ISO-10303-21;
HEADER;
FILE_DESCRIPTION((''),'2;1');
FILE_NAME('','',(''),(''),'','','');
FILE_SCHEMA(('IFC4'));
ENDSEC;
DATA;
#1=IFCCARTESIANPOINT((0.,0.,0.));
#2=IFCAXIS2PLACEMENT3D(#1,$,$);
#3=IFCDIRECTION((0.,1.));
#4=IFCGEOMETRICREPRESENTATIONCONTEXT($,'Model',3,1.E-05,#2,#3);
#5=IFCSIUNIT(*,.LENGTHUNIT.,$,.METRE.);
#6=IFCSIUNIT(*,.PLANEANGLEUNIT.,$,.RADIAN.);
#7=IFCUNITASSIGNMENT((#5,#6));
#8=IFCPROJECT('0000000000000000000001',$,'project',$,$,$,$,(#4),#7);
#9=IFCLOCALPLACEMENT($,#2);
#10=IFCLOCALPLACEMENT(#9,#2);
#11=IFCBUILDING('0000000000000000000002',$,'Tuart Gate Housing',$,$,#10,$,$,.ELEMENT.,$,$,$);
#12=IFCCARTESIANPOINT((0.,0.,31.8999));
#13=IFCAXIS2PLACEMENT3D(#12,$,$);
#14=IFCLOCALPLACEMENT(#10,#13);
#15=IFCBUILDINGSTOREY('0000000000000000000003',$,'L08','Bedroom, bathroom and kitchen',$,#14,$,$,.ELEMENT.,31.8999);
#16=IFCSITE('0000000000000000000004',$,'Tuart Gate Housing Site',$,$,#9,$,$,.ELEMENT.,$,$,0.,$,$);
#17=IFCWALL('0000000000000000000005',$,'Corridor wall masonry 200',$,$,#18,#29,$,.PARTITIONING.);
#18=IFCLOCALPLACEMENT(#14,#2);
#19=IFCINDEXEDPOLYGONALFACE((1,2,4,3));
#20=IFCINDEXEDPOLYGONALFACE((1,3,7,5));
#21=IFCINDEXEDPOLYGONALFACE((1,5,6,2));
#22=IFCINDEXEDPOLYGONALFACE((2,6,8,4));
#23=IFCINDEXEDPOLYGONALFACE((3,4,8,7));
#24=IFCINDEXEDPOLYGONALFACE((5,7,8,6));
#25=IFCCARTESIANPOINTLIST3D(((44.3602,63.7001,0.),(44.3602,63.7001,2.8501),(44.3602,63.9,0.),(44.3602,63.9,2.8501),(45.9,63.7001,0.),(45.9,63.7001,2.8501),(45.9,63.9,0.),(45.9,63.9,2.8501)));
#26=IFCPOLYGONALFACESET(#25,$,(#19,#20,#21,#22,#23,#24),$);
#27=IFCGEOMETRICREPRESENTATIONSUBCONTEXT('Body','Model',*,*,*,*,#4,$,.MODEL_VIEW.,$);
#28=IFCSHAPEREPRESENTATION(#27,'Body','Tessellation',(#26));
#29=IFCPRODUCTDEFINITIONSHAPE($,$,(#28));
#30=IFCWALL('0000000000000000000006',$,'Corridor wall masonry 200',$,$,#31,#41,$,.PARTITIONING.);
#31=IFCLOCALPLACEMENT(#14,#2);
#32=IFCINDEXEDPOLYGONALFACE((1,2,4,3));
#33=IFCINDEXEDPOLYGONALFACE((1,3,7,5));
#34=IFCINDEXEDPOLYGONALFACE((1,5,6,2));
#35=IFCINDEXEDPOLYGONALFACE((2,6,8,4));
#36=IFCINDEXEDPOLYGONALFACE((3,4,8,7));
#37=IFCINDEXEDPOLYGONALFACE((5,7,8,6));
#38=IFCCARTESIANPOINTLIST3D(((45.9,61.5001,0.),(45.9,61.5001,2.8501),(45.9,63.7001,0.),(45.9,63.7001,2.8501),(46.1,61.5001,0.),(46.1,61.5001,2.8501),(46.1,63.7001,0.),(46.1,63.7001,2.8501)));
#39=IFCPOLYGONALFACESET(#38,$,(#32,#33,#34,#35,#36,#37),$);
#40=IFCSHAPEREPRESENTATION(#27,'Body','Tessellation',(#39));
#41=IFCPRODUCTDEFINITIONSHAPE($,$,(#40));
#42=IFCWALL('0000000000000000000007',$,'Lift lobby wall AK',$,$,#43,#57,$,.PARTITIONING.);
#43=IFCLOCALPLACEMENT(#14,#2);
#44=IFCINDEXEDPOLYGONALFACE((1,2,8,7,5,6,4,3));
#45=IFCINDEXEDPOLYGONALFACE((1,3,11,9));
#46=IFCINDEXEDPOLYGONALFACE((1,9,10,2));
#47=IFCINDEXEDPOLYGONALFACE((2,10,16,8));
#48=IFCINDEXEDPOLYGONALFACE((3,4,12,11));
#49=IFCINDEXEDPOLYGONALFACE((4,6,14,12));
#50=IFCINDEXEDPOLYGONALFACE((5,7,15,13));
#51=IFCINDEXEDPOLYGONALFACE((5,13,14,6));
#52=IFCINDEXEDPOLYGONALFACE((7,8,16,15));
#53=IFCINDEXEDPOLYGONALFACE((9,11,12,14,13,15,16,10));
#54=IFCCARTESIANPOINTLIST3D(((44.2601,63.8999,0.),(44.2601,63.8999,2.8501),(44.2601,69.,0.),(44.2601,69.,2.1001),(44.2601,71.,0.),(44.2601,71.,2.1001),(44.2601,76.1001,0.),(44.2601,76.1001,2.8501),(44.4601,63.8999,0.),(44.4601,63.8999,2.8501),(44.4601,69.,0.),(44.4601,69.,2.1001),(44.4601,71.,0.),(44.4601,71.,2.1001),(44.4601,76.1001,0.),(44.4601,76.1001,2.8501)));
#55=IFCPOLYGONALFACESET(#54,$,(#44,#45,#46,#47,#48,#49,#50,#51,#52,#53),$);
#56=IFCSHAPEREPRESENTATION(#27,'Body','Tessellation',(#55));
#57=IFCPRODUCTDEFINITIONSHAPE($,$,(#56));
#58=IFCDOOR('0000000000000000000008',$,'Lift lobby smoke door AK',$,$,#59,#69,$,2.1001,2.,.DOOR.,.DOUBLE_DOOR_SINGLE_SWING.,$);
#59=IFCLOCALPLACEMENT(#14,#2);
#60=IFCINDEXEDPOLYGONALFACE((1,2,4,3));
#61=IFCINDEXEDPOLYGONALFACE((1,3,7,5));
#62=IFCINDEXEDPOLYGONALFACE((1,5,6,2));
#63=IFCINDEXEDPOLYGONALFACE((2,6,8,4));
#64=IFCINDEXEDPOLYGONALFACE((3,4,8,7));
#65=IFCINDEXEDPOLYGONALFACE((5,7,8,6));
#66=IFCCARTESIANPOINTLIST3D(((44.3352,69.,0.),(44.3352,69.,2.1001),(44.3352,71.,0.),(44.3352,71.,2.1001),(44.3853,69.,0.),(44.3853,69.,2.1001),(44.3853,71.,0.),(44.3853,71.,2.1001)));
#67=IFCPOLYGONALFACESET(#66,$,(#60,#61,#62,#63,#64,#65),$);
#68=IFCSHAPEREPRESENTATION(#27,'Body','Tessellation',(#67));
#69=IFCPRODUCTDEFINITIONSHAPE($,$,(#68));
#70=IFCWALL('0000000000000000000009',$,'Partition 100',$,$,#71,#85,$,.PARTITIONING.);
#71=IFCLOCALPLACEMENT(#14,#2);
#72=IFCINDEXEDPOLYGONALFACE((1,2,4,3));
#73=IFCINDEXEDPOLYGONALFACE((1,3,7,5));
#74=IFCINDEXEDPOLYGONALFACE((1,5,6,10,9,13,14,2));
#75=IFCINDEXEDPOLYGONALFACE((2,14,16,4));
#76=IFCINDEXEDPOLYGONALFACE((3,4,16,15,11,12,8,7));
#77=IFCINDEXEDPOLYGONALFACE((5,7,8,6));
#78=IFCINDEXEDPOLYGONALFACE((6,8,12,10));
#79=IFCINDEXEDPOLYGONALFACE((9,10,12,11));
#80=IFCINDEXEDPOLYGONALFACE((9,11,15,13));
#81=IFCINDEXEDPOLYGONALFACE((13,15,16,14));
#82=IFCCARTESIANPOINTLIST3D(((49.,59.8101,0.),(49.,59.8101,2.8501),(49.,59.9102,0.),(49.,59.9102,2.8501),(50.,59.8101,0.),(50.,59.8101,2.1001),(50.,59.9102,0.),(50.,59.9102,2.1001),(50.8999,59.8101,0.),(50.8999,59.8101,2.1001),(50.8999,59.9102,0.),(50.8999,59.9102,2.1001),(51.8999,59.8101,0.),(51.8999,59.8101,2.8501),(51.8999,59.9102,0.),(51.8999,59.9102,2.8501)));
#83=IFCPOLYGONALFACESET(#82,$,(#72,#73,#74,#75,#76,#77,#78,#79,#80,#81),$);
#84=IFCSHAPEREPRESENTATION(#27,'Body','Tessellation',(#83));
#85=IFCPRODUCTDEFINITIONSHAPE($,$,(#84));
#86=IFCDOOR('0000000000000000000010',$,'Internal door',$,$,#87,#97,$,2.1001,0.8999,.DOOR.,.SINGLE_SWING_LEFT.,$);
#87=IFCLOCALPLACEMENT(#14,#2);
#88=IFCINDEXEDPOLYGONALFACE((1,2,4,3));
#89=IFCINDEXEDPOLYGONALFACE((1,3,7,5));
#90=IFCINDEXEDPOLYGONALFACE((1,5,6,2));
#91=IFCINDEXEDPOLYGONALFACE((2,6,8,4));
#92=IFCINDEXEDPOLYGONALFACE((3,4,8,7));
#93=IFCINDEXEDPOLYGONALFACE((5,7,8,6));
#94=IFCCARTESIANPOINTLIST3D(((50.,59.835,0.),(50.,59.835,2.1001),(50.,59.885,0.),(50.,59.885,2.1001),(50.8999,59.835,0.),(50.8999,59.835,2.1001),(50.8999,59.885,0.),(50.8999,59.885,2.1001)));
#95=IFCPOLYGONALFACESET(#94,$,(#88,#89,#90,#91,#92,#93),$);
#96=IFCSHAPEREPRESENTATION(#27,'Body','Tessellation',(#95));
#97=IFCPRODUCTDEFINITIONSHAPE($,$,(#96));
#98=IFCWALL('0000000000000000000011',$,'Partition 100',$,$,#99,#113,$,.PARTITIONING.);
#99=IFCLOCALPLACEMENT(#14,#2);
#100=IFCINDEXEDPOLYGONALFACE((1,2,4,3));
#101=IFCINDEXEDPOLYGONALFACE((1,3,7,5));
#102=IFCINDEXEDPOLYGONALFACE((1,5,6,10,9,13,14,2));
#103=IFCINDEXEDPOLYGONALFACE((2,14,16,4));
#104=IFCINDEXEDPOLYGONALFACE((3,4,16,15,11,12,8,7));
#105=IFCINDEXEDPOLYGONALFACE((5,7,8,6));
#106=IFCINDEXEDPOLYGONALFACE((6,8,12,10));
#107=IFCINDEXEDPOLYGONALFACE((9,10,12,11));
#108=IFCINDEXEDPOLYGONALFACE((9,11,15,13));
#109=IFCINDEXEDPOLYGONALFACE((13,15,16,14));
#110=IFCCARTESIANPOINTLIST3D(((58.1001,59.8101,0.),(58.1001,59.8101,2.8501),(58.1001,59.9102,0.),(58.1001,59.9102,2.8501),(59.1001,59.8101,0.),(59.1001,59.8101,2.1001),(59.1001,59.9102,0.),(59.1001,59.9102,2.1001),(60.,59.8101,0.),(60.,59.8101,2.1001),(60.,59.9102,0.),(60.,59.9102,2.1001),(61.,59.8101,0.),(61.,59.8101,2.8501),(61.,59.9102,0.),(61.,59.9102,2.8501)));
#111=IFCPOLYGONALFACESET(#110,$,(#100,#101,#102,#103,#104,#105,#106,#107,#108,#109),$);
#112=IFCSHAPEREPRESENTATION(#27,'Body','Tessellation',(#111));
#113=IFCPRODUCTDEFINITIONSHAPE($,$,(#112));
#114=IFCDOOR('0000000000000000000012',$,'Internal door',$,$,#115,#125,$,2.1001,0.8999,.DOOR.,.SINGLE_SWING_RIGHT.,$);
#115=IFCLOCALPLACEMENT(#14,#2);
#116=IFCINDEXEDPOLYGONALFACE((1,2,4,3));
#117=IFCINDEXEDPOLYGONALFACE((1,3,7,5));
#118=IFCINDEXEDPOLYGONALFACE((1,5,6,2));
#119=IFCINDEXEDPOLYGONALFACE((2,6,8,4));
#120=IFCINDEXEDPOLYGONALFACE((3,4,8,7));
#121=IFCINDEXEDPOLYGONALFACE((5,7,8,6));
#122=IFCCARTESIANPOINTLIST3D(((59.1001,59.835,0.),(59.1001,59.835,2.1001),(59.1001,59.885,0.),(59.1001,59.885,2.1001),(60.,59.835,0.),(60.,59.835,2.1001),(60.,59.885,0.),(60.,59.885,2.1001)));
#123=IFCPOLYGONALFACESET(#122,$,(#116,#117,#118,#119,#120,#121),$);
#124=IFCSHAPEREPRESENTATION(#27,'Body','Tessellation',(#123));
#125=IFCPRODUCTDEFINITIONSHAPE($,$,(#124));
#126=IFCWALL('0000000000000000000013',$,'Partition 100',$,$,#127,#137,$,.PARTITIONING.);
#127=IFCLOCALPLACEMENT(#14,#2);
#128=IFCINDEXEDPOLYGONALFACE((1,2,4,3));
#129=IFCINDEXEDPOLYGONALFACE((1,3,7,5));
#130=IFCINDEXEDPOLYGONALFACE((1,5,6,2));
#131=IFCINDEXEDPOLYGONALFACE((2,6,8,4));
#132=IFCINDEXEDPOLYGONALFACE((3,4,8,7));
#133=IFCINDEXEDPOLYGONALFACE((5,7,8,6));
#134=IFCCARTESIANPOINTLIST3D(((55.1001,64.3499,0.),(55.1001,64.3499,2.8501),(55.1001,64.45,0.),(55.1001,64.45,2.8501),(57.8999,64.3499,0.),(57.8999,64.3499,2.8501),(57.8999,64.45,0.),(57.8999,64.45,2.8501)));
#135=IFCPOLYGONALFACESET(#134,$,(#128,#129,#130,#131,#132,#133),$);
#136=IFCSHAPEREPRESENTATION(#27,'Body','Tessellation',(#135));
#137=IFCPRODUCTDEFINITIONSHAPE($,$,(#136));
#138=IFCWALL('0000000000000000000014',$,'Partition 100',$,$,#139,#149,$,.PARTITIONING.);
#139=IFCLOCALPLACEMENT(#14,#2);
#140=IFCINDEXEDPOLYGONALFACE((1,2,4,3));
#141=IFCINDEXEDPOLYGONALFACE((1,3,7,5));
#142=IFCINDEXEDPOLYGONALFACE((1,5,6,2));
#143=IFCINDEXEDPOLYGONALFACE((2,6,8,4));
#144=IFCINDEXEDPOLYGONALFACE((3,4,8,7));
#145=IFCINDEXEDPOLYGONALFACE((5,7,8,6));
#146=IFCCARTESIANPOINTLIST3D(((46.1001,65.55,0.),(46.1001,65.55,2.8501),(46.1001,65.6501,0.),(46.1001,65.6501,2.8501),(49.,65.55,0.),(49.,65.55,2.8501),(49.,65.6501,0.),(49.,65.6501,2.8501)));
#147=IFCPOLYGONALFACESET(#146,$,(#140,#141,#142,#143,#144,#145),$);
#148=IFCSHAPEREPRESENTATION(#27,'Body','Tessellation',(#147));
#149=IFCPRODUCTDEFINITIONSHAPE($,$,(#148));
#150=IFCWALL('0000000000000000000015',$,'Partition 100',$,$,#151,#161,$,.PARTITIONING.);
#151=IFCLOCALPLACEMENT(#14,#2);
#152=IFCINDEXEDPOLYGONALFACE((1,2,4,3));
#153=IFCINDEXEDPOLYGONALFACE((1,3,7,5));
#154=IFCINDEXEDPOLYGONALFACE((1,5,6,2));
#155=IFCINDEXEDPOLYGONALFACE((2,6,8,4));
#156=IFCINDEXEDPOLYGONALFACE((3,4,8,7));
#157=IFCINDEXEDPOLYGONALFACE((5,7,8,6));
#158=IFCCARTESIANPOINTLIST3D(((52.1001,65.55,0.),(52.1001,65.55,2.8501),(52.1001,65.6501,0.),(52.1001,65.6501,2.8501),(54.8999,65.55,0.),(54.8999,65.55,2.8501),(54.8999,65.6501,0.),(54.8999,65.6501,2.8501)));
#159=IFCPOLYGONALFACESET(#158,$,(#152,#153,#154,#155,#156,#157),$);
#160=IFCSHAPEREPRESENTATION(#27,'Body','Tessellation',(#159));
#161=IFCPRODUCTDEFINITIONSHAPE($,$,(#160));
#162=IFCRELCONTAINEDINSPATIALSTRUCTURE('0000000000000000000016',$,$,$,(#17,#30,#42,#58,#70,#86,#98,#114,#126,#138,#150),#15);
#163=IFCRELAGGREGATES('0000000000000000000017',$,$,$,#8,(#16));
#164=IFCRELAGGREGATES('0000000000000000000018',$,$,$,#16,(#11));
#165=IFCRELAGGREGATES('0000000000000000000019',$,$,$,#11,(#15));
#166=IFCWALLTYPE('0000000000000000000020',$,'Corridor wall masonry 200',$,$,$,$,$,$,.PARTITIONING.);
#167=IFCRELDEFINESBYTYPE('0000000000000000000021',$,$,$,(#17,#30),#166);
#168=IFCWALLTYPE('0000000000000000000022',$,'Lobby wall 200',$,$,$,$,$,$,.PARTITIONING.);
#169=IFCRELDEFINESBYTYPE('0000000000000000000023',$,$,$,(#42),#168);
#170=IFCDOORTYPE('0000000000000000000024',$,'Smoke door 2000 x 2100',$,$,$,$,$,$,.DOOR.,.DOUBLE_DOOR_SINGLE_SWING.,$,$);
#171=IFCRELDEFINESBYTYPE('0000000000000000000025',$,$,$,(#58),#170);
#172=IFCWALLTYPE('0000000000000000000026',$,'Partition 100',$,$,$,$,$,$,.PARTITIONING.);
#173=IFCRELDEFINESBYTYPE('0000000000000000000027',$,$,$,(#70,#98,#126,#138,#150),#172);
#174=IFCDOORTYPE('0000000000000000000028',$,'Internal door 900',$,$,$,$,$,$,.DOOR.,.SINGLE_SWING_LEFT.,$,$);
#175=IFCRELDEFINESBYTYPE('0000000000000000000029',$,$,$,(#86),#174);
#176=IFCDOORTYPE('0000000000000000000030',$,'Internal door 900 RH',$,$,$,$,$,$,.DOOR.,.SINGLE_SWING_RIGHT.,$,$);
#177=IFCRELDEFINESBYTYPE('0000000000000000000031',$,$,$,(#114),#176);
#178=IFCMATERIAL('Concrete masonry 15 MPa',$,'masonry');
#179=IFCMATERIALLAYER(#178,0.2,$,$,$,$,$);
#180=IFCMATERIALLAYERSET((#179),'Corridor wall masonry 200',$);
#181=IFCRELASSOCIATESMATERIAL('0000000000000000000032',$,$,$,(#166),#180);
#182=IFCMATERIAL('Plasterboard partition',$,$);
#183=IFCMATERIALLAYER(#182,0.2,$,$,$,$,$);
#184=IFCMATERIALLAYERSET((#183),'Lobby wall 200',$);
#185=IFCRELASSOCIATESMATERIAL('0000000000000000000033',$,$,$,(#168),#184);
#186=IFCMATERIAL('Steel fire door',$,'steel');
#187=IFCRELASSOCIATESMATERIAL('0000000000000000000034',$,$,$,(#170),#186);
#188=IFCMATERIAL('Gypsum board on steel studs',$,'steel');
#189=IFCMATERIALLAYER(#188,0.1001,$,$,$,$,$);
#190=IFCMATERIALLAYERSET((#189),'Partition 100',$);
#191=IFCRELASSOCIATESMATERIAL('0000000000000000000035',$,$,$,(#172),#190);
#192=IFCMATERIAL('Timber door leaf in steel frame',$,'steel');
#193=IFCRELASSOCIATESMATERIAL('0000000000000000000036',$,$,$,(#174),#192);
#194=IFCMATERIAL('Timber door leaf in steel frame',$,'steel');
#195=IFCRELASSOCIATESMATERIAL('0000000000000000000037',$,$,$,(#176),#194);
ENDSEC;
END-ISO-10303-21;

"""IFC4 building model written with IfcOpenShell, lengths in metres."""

from ifc_helpers import new_model, si_unit, direction, frame, frame_2d, origin, place, context, subcontext, project, spatial, rectangle, extrude, material, layer, layer_set, type_object, element, fill, save


model = new_model("IFC4")

# Units and contexts
model_context = context("Model", 3, precision=1e-05, world=origin(), true_north=direction((0.0, 1.0)))
body_context = subcontext(model_context, "Body", "Model", "MODEL_VIEW")
ifc_project = project(units=[si_unit("LENGTHUNIT", "METRE"), si_unit("PLANEANGLEUNIT", "RADIAN")], contexts=[model_context])

# Site, building, storey
site_placement = place(None, origin())
site = spatial("IfcSite", under=ifc_project, at=site_placement, Name="Tuart Gate Housing Site", CompositionType="ELEMENT", RefElevation=0.0)
building_placement = place(site_placement, origin())
building = spatial("IfcBuilding", under=site, at=building_placement, Name="Tuart Gate Housing", CompositionType="ELEMENT")
storey_placement = place(building_placement, frame((0.0, 0.0, 31.8999)))
storey = spatial("IfcBuildingStorey", under=building, at=storey_placement, Name="L08", Description="Bedroom, bathroom and kitchen", CompositionType="ELEMENT", Elevation=31.8999)

# Walls
ifc_material_1 = material(Name="Concrete masonry 15 MPa", Category="masonry")
ifc_layer_1 = layer(ifc_material_1, 0.2)
ifc_layer_set_1 = layer_set([ifc_layer_1], Name="Corridor wall masonry 200")
wall_type_1 = type_object("IfcWallType", Name="Corridor wall masonry 200", PredefinedType="PARTITIONING", material=ifc_layer_set_1)
wall_1_placement = place(storey_placement, frame((44.3601, 63.8, 0.0), z_axis=(0.0, 0.0, 1.0), x_axis=(1.0, 0.0, 0.0)))
element("IfcWall", 1, at=wall_1_placement, inside=storey, type_object=wall_type_1, Name="Corridor wall masonry 200", PredefinedType="PARTITIONING", context=body_context, shape_type="SweptSolid", body=[
    extrude(rectangle(XDim=1.5398, YDim=0.2, at=frame_2d((0.77, 0.0))), origin(), (0.0, 0.0, 1.0), 2.8501),
])
wall_2_placement = place(storey_placement, frame((46.0, 61.5, 0.0), z_axis=(0.0, 0.0, 1.0), x_axis=(0.0, 1.0, 0.0)))
element("IfcWall", 2, at=wall_2_placement, inside=storey, type_object=wall_type_1, Name="Corridor wall masonry 200", PredefinedType="PARTITIONING", context=body_context, shape_type="SweptSolid", body=[
    extrude(rectangle(XDim=2.2, YDim=0.2, at=frame_2d((1.1001, 0.0))), origin(), (0.0, 0.0, 1.0), 2.8501),
])

# Walls, openings, doors
ifc_material_2 = material(Name="Plasterboard partition")
ifc_layer_2 = layer(ifc_material_2, 0.2)
ifc_layer_set_2 = layer_set([ifc_layer_2], Name="Lobby wall 200")
wall_type_2 = type_object("IfcWallType", Name="Lobby wall 200", PredefinedType="PARTITIONING", material=ifc_layer_set_2)
wall_3_placement = place(storey_placement, frame((44.3601, 63.8999, 0.0), z_axis=(0.0, 0.0, 1.0), x_axis=(0.0, 1.0, 0.0)))
wall_3 = element("IfcWall", 3, at=wall_3_placement, inside=storey, type_object=wall_type_2, Name="Lift lobby wall AK", PredefinedType="PARTITIONING", context=body_context, shape_type="SweptSolid", body=[
    extrude(rectangle(XDim=12.2002, YDim=0.2, at=frame_2d((6.1001, 0.0))), origin(), (0.0, 0.0, 1.0), 2.8501),
])
opening_1_placement = place(wall_3_placement, frame((5.1001, 0.0, 0.0)))
opening_1 = element("IfcOpeningElement", 4, at=opening_1_placement, cuts=wall_3, PredefinedType="OPENING", context=body_context, shape_type="SweptSolid", body=[
    extrude(rectangle(XDim=2.0, YDim=2.1001, at=frame_2d((1.0, 1.05))), frame((0.0, 0.1099, 0.0), z_axis=(0.0, -1.0, 0.0), x_axis=(1.0, 0.0, 0.0)), (0.0, 0.0, 1.0), 0.22),
])
ifc_material_3 = material(Name="Steel fire door", Category="steel")
door_type_1 = type_object("IfcDoorType", Name="Smoke door 2000 x 2100", OperationType="DOUBLE_DOOR_SINGLE_SWING", PredefinedType="DOOR", material=ifc_material_3)
door_1_placement = place(opening_1_placement, origin())
door_1 = element("IfcDoor", 5, at=door_1_placement, inside=storey, type_object=door_type_1, Name="Lift lobby smoke door AK", OperationType="DOUBLE_DOOR_SINGLE_SWING", OverallHeight=2.1001, OverallWidth=2.0, PredefinedType="DOOR", context=body_context, shape_type="SweptSolid", body=[
    extrude(rectangle(XDim=2.0, YDim=2.1001, at=frame_2d((1.0, 1.05))), frame((0.0, 0.0249, 0.0), z_axis=(0.0, -1.0, 0.0), x_axis=(1.0, 0.0, 0.0)), (0.0, 0.0, 1.0), 0.05),
])
fill(opening_1, door_1)
ifc_material_4 = material(Name="Gypsum board on steel studs", Category="steel")
ifc_layer_3 = layer(ifc_material_4, 0.1001)
ifc_layer_set_3 = layer_set([ifc_layer_3], Name="Partition 100")
wall_type_3 = type_object("IfcWallType", Name="Partition 100", PredefinedType="PARTITIONING", material=ifc_layer_set_3)
wall_4_placement = place(storey_placement, frame((49.0, 59.8601, 0.0), z_axis=(0.0, 0.0, 1.0), x_axis=(1.0, 0.0, 0.0)))
wall_4 = element("IfcWall", 6, at=wall_4_placement, inside=storey, type_object=wall_type_3, Name="Partition 100", PredefinedType="PARTITIONING", context=body_context, shape_type="SweptSolid", body=[
    extrude(rectangle(XDim=2.8999, YDim=0.1001, at=frame_2d((1.45, 0.0))), origin(), (0.0, 0.0, 1.0), 2.8501),
])
opening_2_placement = place(wall_4_placement, frame((1.0, 0.0, 0.0)))
opening_2 = element("IfcOpeningElement", 7, at=opening_2_placement, cuts=wall_4, PredefinedType="OPENING", context=body_context, shape_type="SweptSolid", body=[
    extrude(rectangle(XDim=0.8999, YDim=2.1001, at=frame_2d((0.45, 1.05))), frame((0.0, 0.0601, 0.0), z_axis=(0.0, -1.0, 0.0), x_axis=(1.0, 0.0, 0.0)), (0.0, 0.0, 1.0), 0.1201),
])
ifc_material_5 = material(Name="Timber door leaf in steel frame", Category="steel")
door_type_2 = type_object("IfcDoorType", Name="Internal door 900", OperationType="SINGLE_SWING_LEFT", PredefinedType="DOOR", material=ifc_material_5)
door_2_placement = place(opening_2_placement, origin())
door_2 = element("IfcDoor", 8, at=door_2_placement, inside=storey, type_object=door_type_2, Name="Internal door", OperationType="SINGLE_SWING_LEFT", OverallHeight=2.1001, OverallWidth=0.8999, PredefinedType="DOOR", context=body_context, shape_type="SweptSolid", body=[
    extrude(rectangle(XDim=0.8999, YDim=2.1001, at=frame_2d((0.45, 1.05))), frame((0.0, 0.0249, 0.0), z_axis=(0.0, -1.0, 0.0), x_axis=(1.0, 0.0, 0.0)), (0.0, 0.0, 1.0), 0.05),
])
fill(opening_2, door_2)
wall_5_placement = place(storey_placement, frame((58.1001, 59.8601, 0.0), z_axis=(0.0, 0.0, 1.0), x_axis=(1.0, 0.0, 0.0)))
wall_5 = element("IfcWall", 9, at=wall_5_placement, inside=storey, type_object=wall_type_3, Name="Partition 100", PredefinedType="PARTITIONING", context=body_context, shape_type="SweptSolid", body=[
    extrude(rectangle(XDim=2.8999, YDim=0.1001, at=frame_2d((1.45, 0.0))), origin(), (0.0, 0.0, 1.0), 2.8501),
])
opening_3_placement = place(wall_5_placement, frame((1.0, 0.0, 0.0)))
opening_3 = element("IfcOpeningElement", 10, at=opening_3_placement, cuts=wall_5, PredefinedType="OPENING", context=body_context, shape_type="SweptSolid", body=[
    extrude(rectangle(XDim=0.8999, YDim=2.1001, at=frame_2d((0.45, 1.05))), frame((0.0, 0.0601, 0.0), z_axis=(0.0, -1.0, 0.0), x_axis=(1.0, 0.0, 0.0)), (0.0, 0.0, 1.0), 0.1201),
])
ifc_material_6 = material(Name="Timber door leaf in steel frame", Category="steel")
door_type_3 = type_object("IfcDoorType", Name="Internal door 900 RH", OperationType="SINGLE_SWING_RIGHT", PredefinedType="DOOR", material=ifc_material_6)
door_3_placement = place(opening_3_placement, origin())
door_3 = element("IfcDoor", 11, at=door_3_placement, inside=storey, type_object=door_type_3, Name="Internal door", OperationType="SINGLE_SWING_RIGHT", OverallHeight=2.1001, OverallWidth=0.8999, PredefinedType="DOOR", context=body_context, shape_type="SweptSolid", body=[
    extrude(rectangle(XDim=0.8999, YDim=2.1001, at=frame_2d((0.45, 1.05))), frame((0.0, 0.0249, 0.0), z_axis=(0.0, -1.0, 0.0), x_axis=(1.0, 0.0, 0.0)), (0.0, 0.0, 1.0), 0.05),
])
fill(opening_3, door_3)

# Walls
wall_6_placement = place(storey_placement, frame((55.1001, 64.3999, 0.0), z_axis=(0.0, 0.0, 1.0), x_axis=(1.0, 0.0, 0.0)))
element("IfcWall", 12, at=wall_6_placement, inside=storey, type_object=wall_type_3, Name="Partition 100", PredefinedType="PARTITIONING", context=body_context, shape_type="SweptSolid", body=[
    extrude(rectangle(XDim=2.7998, YDim=0.1001, at=frame_2d((1.3999, 0.0))), origin(), (0.0, 0.0, 1.0), 2.8501),
])
wall_7_placement = place(storey_placement, frame((46.1001, 65.6001, 0.0), z_axis=(0.0, 0.0, 1.0), x_axis=(1.0, 0.0, 0.0)))
element("IfcWall", 13, at=wall_7_placement, inside=storey, type_object=wall_type_3, Name="Partition 100", PredefinedType="PARTITIONING", context=body_context, shape_type="SweptSolid", body=[
    extrude(rectangle(XDim=2.8999, YDim=0.1001, at=frame_2d((1.45, 0.0))), origin(), (0.0, 0.0, 1.0), 2.8501),
])
wall_8_placement = place(storey_placement, frame((52.1001, 65.6001, 0.0), z_axis=(0.0, 0.0, 1.0), x_axis=(1.0, 0.0, 0.0)))
element("IfcWall", 14, at=wall_8_placement, inside=storey, type_object=wall_type_3, Name="Partition 100", PredefinedType="PARTITIONING", context=body_context, shape_type="SweptSolid", body=[
    extrude(rectangle(XDim=2.7998, YDim=0.1001, at=frame_2d((1.3999, 0.0))), origin(), (0.0, 0.0, 1.0), 2.8501),
])

save(model, "model.ifc")
